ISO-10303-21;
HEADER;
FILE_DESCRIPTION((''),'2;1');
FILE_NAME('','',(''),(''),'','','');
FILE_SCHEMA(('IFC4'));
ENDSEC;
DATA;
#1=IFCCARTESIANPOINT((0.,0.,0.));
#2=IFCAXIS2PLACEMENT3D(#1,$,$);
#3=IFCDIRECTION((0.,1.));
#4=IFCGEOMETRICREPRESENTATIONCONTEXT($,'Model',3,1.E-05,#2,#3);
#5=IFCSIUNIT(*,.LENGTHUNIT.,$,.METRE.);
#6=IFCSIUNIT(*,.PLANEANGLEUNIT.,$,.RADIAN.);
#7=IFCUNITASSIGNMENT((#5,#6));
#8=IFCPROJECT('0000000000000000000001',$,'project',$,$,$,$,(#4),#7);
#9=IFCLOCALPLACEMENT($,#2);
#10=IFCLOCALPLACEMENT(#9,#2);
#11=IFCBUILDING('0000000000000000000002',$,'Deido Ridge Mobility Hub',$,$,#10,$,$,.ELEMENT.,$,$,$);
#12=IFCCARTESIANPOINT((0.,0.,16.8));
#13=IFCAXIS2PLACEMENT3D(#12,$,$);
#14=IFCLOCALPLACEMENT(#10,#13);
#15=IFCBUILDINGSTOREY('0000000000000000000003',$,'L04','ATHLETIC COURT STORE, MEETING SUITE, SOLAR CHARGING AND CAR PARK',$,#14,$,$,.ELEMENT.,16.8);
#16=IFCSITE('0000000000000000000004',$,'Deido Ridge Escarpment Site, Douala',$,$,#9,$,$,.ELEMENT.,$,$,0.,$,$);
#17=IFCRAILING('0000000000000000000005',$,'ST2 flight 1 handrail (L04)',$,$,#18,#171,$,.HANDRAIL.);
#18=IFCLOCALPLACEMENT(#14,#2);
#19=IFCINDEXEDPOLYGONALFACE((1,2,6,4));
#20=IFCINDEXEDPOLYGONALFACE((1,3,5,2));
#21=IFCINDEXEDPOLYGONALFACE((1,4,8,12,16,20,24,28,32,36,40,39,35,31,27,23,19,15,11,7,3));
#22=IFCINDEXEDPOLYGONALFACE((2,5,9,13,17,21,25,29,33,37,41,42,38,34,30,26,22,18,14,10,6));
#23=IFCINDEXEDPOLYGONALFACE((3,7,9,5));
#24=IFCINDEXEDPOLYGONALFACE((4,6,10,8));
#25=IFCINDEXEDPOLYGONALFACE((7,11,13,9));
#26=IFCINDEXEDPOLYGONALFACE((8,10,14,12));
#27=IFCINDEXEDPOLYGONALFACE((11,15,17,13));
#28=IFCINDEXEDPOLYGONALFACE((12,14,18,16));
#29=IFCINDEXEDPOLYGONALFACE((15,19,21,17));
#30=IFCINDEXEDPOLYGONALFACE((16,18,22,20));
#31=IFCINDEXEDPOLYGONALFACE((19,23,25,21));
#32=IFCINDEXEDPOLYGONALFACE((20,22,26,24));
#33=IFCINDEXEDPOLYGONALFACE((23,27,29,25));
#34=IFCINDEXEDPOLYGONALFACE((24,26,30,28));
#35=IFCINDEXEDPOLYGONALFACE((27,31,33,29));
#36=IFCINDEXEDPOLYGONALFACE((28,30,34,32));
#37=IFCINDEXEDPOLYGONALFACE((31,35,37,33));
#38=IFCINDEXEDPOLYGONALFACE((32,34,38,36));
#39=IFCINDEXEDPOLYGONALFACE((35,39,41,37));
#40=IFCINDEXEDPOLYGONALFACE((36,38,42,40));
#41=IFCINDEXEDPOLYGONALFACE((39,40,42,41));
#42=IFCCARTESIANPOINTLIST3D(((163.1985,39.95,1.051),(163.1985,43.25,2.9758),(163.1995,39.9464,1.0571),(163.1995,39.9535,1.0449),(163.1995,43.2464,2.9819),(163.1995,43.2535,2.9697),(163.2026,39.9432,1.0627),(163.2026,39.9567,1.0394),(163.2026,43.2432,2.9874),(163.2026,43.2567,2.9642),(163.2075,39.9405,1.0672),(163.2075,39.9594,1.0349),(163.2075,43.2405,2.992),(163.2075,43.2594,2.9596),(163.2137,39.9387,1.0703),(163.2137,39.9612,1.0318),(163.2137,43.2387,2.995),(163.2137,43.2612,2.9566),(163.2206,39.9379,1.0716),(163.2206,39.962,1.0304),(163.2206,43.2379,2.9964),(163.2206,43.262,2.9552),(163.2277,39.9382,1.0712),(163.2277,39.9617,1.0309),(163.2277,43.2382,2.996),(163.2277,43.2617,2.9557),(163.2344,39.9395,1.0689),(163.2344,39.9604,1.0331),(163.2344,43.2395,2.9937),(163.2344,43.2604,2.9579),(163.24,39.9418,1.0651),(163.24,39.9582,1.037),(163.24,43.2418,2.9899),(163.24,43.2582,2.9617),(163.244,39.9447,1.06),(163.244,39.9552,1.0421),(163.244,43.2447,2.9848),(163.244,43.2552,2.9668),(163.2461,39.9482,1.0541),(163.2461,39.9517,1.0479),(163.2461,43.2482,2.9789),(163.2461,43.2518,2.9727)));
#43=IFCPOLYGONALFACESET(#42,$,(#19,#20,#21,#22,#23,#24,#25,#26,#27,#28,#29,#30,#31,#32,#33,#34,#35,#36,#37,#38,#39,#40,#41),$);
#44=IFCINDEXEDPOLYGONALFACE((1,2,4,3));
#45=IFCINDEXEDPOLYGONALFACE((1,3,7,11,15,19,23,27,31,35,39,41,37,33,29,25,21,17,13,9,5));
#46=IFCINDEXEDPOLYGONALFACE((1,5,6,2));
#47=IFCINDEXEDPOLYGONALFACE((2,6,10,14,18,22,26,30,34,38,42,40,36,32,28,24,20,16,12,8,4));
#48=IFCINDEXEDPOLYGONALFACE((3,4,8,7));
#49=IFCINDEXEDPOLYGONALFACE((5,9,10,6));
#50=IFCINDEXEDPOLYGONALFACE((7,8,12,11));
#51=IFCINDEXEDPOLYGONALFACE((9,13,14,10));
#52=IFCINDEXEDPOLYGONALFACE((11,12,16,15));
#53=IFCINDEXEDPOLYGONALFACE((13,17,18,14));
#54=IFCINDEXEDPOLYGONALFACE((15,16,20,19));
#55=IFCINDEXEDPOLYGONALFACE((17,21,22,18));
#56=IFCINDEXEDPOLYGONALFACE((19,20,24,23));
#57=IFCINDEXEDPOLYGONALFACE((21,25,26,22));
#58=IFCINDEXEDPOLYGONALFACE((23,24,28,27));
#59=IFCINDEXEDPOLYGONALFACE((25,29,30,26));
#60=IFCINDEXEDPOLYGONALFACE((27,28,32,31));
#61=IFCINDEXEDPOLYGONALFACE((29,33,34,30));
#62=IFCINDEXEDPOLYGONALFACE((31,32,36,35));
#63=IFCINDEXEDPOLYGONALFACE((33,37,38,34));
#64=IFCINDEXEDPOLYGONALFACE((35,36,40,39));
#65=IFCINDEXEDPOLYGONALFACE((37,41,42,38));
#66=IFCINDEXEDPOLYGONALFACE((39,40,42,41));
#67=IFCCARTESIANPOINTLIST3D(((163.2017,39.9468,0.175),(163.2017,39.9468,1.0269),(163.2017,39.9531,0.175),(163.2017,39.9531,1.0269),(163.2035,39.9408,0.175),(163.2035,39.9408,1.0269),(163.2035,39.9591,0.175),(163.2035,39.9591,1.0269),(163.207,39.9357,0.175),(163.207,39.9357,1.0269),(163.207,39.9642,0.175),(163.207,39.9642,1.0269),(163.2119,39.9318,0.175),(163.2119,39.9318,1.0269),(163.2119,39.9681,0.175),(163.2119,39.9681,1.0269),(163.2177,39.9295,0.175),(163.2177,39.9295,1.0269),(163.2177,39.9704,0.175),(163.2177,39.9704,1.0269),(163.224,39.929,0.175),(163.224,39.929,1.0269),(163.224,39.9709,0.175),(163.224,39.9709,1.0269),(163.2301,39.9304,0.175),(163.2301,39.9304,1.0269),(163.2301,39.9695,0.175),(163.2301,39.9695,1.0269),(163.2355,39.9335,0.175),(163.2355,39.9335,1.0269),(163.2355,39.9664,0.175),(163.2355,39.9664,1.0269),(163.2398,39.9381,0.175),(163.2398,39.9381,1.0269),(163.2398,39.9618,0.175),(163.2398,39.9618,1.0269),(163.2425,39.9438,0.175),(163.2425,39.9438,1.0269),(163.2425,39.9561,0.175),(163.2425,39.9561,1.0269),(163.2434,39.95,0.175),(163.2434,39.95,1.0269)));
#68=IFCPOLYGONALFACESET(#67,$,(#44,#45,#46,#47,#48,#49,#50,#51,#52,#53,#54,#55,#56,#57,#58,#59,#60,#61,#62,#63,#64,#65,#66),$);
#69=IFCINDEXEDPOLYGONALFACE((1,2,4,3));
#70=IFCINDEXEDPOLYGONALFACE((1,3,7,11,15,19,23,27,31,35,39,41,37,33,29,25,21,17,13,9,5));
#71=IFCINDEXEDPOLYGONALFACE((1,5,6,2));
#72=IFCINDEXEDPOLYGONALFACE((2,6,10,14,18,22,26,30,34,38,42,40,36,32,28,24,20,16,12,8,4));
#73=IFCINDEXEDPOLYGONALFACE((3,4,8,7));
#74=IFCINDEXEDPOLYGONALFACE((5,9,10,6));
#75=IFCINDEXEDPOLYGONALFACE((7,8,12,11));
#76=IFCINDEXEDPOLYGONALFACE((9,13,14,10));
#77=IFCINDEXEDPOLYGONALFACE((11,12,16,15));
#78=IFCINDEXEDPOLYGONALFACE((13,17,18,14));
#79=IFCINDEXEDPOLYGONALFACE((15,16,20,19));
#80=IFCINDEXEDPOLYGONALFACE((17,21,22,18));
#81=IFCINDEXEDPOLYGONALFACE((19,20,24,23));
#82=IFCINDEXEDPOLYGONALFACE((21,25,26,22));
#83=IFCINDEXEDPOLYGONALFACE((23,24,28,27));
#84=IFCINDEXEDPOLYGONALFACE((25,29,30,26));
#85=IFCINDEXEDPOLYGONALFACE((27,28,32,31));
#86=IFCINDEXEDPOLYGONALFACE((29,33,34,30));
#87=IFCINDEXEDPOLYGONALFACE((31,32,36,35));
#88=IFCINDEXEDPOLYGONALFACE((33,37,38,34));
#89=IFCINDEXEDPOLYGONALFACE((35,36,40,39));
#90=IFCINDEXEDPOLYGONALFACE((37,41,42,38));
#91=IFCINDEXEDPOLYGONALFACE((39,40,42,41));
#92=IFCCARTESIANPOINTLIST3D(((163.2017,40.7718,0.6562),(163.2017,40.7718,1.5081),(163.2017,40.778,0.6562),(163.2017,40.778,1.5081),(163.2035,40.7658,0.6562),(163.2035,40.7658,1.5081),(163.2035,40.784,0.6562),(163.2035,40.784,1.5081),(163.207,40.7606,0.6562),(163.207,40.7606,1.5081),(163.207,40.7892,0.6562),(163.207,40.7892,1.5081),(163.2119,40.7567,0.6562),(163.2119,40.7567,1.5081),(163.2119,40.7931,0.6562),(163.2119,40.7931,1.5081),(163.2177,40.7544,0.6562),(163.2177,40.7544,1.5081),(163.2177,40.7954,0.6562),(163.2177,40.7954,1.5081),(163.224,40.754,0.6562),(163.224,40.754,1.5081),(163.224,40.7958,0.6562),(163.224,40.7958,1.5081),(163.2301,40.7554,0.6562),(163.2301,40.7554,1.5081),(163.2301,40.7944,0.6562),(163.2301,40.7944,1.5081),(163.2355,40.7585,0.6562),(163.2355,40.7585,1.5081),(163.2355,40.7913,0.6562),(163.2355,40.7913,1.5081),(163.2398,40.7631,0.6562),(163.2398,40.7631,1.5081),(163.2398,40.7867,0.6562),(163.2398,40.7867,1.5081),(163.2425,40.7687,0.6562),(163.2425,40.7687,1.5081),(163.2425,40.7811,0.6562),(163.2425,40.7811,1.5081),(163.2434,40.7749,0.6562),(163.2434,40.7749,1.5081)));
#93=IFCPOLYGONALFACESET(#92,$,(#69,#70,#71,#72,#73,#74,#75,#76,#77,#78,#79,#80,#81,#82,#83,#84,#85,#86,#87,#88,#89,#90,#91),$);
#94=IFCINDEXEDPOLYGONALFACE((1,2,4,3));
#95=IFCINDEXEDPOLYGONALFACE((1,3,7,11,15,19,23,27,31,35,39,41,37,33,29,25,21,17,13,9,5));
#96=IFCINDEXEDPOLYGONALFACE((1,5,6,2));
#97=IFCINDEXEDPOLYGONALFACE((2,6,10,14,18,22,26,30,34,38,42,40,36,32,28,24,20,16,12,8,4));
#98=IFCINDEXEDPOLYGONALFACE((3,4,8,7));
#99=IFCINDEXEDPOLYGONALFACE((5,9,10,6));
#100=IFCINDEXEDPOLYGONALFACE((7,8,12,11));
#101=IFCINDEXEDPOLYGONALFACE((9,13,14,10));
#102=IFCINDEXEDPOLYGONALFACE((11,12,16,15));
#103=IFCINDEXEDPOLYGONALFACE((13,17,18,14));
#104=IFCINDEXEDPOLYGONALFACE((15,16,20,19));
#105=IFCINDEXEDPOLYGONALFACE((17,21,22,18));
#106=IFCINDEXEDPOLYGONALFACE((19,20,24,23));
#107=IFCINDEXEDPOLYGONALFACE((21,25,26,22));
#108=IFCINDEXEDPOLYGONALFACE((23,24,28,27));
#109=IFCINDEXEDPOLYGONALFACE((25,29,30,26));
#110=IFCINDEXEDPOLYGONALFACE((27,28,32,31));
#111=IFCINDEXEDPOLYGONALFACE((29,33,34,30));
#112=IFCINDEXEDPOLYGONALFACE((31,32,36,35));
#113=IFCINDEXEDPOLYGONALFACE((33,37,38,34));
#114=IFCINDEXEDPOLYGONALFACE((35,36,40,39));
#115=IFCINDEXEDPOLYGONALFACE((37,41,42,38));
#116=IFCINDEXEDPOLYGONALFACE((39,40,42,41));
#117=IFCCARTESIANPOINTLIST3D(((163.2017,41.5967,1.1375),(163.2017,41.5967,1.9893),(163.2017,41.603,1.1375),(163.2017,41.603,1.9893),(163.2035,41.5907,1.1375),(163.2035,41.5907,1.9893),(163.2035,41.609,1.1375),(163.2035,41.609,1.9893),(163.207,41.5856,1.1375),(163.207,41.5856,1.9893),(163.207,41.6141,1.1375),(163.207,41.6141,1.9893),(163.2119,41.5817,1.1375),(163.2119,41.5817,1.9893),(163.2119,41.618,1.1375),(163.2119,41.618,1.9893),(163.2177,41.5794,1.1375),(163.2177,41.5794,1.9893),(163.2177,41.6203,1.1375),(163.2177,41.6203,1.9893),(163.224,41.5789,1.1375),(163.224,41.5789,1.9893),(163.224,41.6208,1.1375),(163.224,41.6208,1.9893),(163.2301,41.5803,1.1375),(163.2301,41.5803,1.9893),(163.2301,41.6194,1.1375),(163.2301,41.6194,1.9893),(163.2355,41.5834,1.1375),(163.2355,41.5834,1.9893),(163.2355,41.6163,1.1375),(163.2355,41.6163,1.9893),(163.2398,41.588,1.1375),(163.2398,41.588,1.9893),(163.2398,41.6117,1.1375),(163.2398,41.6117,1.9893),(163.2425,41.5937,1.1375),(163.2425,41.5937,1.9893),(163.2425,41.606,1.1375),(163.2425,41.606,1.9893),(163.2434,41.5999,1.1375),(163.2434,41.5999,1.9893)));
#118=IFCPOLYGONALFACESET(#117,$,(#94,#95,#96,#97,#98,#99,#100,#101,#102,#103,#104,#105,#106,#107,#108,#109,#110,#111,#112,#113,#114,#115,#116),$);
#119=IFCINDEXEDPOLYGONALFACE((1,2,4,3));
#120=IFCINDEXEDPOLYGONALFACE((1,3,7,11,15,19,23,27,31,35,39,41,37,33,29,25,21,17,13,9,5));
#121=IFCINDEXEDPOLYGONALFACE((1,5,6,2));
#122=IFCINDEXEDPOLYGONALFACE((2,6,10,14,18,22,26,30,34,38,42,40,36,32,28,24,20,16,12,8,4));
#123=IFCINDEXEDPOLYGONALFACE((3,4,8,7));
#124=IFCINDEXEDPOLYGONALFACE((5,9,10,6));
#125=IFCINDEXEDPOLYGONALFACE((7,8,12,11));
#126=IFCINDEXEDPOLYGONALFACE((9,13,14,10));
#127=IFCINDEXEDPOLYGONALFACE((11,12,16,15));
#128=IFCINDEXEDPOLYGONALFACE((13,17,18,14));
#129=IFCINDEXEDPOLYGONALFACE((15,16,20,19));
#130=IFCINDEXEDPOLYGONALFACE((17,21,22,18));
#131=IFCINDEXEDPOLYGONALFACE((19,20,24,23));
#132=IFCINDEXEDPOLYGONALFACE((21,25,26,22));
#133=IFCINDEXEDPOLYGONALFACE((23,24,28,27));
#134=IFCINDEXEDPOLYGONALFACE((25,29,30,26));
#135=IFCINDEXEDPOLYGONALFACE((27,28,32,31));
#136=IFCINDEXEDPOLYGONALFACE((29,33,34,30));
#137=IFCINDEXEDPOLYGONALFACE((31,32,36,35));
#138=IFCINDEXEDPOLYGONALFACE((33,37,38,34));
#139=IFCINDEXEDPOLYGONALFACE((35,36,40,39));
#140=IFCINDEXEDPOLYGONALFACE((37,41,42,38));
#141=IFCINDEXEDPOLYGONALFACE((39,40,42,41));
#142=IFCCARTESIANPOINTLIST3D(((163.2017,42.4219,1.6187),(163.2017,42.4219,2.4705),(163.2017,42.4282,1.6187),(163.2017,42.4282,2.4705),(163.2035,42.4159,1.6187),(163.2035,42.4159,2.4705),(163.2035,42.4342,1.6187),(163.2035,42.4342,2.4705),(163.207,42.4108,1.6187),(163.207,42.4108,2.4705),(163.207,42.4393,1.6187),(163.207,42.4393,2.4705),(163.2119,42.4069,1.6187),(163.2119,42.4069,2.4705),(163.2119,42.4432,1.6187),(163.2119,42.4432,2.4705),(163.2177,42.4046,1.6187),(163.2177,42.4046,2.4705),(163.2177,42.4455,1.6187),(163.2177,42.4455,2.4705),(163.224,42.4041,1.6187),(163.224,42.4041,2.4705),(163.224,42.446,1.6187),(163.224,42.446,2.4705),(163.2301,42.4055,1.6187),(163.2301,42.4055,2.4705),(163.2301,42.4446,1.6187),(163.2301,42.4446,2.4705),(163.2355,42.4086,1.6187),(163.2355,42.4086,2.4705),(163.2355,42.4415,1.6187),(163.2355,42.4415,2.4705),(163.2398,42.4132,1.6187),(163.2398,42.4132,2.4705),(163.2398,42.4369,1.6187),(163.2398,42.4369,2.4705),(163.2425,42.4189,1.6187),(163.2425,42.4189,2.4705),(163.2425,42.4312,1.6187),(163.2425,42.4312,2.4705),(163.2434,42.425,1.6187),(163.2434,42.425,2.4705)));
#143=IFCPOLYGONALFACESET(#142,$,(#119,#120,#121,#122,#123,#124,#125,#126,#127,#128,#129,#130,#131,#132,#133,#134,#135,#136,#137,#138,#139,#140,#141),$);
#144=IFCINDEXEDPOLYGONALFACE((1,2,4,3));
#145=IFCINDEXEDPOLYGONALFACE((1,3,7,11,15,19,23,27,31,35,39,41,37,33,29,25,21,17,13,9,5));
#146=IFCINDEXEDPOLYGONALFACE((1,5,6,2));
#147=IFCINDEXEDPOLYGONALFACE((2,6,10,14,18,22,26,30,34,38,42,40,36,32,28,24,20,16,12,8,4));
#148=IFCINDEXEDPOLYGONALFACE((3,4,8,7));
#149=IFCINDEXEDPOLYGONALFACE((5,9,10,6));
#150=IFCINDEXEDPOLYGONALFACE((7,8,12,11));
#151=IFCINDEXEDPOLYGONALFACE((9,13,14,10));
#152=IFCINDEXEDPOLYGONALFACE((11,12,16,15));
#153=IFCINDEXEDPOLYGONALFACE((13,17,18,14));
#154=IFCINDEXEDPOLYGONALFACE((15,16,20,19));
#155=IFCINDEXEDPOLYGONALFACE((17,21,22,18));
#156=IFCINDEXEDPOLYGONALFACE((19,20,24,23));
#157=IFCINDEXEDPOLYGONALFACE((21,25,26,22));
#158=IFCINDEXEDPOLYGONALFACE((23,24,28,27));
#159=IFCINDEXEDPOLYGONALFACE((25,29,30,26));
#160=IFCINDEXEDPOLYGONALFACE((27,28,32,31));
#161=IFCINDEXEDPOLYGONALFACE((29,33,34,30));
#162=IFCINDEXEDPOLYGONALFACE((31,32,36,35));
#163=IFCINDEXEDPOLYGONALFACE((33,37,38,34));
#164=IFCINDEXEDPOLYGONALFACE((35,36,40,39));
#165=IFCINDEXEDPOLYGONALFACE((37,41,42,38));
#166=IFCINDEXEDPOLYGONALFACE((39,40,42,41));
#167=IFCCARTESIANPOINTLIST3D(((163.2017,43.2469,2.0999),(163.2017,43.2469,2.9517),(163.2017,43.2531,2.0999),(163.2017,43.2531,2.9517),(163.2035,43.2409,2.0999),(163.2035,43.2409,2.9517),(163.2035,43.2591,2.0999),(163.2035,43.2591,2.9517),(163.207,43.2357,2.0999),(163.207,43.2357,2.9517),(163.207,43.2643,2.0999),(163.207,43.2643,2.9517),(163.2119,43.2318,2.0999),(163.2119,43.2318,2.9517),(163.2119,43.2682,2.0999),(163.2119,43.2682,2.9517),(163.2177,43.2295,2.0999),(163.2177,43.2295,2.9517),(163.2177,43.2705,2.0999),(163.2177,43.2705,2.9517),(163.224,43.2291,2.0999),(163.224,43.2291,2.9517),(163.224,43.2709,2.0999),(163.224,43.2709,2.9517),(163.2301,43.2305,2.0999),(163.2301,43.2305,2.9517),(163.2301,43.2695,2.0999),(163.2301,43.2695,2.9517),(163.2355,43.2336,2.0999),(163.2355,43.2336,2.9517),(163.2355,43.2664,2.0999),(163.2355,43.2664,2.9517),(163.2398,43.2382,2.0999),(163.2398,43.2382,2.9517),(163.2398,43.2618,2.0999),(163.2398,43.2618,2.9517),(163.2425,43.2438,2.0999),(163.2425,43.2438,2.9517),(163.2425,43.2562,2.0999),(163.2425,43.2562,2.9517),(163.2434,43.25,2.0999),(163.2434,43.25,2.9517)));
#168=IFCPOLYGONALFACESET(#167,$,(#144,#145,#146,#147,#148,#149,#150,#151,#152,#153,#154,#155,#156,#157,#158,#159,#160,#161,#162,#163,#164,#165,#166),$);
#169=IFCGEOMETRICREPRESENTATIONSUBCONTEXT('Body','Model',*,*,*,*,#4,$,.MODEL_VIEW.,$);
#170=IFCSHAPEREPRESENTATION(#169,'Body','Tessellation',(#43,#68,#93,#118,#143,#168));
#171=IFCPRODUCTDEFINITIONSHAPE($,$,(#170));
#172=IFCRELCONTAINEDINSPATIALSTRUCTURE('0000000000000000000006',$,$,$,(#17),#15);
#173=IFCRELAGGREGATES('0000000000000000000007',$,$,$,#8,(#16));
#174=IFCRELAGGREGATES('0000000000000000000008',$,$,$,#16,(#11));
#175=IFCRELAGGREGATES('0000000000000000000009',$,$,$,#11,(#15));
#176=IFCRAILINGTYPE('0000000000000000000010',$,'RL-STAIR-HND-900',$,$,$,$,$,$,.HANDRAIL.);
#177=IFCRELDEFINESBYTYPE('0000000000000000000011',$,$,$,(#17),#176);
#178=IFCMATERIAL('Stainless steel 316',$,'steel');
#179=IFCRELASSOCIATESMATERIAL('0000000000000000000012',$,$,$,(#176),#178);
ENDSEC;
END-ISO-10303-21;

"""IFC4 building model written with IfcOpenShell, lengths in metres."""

from ifc_helpers import new_model, si_unit, direction, frame, origin, origin_2d, place, context, subcontext, project, spatial, circle, extrude, material, type_object, element, save


model = new_model("IFC4")

# Units and contexts
model_context = context("Model", 3, precision=1e-05, world=origin(), true_north=direction((0.0, 1.0)))
body_context = subcontext(model_context, "Body", "Model", "MODEL_VIEW")
ifc_project = project(units=[si_unit("LENGTHUNIT", "METRE"), si_unit("PLANEANGLEUNIT", "RADIAN")], contexts=[model_context])

# Site, building, storey
site_placement = place(None, origin())
site = spatial("IfcSite", under=ifc_project, at=site_placement, Name="Deido Ridge Escarpment Site, Douala", CompositionType="ELEMENT", RefElevation=0.0)
building_placement = place(site_placement, origin())
building = spatial("IfcBuilding", under=site, at=building_placement, Name="Deido Ridge Mobility Hub", CompositionType="ELEMENT")
storey_placement = place(building_placement, frame((0.0, 0.0, 16.8)))
storey = spatial("IfcBuildingStorey", under=building, at=storey_placement, Name="L04", Description="ATHLETIC COURT STORE, MEETING SUITE, SOLAR CHARGING AND CAR PARK", CompositionType="ELEMENT", Elevation=16.8)

# Shared definitions
ifc_material_1 = material(Name="Stainless steel 316", Category="steel")

# Railing
railing_type_1 = type_object("IfcRailingType", Name="RL-STAIR-HND-900", PredefinedType="HANDRAIL", material=ifc_material_1)
railing_1_placement = place(storey_placement, frame((163.2224, 39.95, 0.175)))
element("IfcRailing", 1, at=railing_1_placement, inside=storey, type_object=railing_type_1, Name="ST2 flight 1 handrail (L04)", PredefinedType="HANDRAIL", context=body_context, shape_type="SweptSolid", body=[
    extrude(circle(Radius=0.0239, at=origin_2d()), frame((0.0, 0.0, 0.876), z_axis=(0.0, 0.863804, 0.503827), x_axis=(-1.0, 0.0, 0.0)), (0.0, 0.0, 1.0), 3.8203),
    extrude(circle(Radius=0.021, at=origin_2d()), origin(), (0.0, 0.0, 1.0), 0.8518),
    extrude(circle(Radius=0.021, at=origin_2d()), frame((0.0, 0.825, 0.4812)), (0.0, 0.0, 1.0), 0.8518),
    extrude(circle(Radius=0.021, at=origin_2d()), frame((0.0, 1.6499, 0.9624)), (0.0, 0.0, 1.0), 0.8518),
    extrude(circle(Radius=0.021, at=origin_2d()), frame((0.0, 2.4751, 1.4436)), (0.0, 0.0, 1.0), 0.8518),
    extrude(circle(Radius=0.021, at=origin_2d()), frame((0.0, 3.3, 1.9248)), (0.0, 0.0, 1.0), 0.8518),
])

save(model, "model.ifc")
